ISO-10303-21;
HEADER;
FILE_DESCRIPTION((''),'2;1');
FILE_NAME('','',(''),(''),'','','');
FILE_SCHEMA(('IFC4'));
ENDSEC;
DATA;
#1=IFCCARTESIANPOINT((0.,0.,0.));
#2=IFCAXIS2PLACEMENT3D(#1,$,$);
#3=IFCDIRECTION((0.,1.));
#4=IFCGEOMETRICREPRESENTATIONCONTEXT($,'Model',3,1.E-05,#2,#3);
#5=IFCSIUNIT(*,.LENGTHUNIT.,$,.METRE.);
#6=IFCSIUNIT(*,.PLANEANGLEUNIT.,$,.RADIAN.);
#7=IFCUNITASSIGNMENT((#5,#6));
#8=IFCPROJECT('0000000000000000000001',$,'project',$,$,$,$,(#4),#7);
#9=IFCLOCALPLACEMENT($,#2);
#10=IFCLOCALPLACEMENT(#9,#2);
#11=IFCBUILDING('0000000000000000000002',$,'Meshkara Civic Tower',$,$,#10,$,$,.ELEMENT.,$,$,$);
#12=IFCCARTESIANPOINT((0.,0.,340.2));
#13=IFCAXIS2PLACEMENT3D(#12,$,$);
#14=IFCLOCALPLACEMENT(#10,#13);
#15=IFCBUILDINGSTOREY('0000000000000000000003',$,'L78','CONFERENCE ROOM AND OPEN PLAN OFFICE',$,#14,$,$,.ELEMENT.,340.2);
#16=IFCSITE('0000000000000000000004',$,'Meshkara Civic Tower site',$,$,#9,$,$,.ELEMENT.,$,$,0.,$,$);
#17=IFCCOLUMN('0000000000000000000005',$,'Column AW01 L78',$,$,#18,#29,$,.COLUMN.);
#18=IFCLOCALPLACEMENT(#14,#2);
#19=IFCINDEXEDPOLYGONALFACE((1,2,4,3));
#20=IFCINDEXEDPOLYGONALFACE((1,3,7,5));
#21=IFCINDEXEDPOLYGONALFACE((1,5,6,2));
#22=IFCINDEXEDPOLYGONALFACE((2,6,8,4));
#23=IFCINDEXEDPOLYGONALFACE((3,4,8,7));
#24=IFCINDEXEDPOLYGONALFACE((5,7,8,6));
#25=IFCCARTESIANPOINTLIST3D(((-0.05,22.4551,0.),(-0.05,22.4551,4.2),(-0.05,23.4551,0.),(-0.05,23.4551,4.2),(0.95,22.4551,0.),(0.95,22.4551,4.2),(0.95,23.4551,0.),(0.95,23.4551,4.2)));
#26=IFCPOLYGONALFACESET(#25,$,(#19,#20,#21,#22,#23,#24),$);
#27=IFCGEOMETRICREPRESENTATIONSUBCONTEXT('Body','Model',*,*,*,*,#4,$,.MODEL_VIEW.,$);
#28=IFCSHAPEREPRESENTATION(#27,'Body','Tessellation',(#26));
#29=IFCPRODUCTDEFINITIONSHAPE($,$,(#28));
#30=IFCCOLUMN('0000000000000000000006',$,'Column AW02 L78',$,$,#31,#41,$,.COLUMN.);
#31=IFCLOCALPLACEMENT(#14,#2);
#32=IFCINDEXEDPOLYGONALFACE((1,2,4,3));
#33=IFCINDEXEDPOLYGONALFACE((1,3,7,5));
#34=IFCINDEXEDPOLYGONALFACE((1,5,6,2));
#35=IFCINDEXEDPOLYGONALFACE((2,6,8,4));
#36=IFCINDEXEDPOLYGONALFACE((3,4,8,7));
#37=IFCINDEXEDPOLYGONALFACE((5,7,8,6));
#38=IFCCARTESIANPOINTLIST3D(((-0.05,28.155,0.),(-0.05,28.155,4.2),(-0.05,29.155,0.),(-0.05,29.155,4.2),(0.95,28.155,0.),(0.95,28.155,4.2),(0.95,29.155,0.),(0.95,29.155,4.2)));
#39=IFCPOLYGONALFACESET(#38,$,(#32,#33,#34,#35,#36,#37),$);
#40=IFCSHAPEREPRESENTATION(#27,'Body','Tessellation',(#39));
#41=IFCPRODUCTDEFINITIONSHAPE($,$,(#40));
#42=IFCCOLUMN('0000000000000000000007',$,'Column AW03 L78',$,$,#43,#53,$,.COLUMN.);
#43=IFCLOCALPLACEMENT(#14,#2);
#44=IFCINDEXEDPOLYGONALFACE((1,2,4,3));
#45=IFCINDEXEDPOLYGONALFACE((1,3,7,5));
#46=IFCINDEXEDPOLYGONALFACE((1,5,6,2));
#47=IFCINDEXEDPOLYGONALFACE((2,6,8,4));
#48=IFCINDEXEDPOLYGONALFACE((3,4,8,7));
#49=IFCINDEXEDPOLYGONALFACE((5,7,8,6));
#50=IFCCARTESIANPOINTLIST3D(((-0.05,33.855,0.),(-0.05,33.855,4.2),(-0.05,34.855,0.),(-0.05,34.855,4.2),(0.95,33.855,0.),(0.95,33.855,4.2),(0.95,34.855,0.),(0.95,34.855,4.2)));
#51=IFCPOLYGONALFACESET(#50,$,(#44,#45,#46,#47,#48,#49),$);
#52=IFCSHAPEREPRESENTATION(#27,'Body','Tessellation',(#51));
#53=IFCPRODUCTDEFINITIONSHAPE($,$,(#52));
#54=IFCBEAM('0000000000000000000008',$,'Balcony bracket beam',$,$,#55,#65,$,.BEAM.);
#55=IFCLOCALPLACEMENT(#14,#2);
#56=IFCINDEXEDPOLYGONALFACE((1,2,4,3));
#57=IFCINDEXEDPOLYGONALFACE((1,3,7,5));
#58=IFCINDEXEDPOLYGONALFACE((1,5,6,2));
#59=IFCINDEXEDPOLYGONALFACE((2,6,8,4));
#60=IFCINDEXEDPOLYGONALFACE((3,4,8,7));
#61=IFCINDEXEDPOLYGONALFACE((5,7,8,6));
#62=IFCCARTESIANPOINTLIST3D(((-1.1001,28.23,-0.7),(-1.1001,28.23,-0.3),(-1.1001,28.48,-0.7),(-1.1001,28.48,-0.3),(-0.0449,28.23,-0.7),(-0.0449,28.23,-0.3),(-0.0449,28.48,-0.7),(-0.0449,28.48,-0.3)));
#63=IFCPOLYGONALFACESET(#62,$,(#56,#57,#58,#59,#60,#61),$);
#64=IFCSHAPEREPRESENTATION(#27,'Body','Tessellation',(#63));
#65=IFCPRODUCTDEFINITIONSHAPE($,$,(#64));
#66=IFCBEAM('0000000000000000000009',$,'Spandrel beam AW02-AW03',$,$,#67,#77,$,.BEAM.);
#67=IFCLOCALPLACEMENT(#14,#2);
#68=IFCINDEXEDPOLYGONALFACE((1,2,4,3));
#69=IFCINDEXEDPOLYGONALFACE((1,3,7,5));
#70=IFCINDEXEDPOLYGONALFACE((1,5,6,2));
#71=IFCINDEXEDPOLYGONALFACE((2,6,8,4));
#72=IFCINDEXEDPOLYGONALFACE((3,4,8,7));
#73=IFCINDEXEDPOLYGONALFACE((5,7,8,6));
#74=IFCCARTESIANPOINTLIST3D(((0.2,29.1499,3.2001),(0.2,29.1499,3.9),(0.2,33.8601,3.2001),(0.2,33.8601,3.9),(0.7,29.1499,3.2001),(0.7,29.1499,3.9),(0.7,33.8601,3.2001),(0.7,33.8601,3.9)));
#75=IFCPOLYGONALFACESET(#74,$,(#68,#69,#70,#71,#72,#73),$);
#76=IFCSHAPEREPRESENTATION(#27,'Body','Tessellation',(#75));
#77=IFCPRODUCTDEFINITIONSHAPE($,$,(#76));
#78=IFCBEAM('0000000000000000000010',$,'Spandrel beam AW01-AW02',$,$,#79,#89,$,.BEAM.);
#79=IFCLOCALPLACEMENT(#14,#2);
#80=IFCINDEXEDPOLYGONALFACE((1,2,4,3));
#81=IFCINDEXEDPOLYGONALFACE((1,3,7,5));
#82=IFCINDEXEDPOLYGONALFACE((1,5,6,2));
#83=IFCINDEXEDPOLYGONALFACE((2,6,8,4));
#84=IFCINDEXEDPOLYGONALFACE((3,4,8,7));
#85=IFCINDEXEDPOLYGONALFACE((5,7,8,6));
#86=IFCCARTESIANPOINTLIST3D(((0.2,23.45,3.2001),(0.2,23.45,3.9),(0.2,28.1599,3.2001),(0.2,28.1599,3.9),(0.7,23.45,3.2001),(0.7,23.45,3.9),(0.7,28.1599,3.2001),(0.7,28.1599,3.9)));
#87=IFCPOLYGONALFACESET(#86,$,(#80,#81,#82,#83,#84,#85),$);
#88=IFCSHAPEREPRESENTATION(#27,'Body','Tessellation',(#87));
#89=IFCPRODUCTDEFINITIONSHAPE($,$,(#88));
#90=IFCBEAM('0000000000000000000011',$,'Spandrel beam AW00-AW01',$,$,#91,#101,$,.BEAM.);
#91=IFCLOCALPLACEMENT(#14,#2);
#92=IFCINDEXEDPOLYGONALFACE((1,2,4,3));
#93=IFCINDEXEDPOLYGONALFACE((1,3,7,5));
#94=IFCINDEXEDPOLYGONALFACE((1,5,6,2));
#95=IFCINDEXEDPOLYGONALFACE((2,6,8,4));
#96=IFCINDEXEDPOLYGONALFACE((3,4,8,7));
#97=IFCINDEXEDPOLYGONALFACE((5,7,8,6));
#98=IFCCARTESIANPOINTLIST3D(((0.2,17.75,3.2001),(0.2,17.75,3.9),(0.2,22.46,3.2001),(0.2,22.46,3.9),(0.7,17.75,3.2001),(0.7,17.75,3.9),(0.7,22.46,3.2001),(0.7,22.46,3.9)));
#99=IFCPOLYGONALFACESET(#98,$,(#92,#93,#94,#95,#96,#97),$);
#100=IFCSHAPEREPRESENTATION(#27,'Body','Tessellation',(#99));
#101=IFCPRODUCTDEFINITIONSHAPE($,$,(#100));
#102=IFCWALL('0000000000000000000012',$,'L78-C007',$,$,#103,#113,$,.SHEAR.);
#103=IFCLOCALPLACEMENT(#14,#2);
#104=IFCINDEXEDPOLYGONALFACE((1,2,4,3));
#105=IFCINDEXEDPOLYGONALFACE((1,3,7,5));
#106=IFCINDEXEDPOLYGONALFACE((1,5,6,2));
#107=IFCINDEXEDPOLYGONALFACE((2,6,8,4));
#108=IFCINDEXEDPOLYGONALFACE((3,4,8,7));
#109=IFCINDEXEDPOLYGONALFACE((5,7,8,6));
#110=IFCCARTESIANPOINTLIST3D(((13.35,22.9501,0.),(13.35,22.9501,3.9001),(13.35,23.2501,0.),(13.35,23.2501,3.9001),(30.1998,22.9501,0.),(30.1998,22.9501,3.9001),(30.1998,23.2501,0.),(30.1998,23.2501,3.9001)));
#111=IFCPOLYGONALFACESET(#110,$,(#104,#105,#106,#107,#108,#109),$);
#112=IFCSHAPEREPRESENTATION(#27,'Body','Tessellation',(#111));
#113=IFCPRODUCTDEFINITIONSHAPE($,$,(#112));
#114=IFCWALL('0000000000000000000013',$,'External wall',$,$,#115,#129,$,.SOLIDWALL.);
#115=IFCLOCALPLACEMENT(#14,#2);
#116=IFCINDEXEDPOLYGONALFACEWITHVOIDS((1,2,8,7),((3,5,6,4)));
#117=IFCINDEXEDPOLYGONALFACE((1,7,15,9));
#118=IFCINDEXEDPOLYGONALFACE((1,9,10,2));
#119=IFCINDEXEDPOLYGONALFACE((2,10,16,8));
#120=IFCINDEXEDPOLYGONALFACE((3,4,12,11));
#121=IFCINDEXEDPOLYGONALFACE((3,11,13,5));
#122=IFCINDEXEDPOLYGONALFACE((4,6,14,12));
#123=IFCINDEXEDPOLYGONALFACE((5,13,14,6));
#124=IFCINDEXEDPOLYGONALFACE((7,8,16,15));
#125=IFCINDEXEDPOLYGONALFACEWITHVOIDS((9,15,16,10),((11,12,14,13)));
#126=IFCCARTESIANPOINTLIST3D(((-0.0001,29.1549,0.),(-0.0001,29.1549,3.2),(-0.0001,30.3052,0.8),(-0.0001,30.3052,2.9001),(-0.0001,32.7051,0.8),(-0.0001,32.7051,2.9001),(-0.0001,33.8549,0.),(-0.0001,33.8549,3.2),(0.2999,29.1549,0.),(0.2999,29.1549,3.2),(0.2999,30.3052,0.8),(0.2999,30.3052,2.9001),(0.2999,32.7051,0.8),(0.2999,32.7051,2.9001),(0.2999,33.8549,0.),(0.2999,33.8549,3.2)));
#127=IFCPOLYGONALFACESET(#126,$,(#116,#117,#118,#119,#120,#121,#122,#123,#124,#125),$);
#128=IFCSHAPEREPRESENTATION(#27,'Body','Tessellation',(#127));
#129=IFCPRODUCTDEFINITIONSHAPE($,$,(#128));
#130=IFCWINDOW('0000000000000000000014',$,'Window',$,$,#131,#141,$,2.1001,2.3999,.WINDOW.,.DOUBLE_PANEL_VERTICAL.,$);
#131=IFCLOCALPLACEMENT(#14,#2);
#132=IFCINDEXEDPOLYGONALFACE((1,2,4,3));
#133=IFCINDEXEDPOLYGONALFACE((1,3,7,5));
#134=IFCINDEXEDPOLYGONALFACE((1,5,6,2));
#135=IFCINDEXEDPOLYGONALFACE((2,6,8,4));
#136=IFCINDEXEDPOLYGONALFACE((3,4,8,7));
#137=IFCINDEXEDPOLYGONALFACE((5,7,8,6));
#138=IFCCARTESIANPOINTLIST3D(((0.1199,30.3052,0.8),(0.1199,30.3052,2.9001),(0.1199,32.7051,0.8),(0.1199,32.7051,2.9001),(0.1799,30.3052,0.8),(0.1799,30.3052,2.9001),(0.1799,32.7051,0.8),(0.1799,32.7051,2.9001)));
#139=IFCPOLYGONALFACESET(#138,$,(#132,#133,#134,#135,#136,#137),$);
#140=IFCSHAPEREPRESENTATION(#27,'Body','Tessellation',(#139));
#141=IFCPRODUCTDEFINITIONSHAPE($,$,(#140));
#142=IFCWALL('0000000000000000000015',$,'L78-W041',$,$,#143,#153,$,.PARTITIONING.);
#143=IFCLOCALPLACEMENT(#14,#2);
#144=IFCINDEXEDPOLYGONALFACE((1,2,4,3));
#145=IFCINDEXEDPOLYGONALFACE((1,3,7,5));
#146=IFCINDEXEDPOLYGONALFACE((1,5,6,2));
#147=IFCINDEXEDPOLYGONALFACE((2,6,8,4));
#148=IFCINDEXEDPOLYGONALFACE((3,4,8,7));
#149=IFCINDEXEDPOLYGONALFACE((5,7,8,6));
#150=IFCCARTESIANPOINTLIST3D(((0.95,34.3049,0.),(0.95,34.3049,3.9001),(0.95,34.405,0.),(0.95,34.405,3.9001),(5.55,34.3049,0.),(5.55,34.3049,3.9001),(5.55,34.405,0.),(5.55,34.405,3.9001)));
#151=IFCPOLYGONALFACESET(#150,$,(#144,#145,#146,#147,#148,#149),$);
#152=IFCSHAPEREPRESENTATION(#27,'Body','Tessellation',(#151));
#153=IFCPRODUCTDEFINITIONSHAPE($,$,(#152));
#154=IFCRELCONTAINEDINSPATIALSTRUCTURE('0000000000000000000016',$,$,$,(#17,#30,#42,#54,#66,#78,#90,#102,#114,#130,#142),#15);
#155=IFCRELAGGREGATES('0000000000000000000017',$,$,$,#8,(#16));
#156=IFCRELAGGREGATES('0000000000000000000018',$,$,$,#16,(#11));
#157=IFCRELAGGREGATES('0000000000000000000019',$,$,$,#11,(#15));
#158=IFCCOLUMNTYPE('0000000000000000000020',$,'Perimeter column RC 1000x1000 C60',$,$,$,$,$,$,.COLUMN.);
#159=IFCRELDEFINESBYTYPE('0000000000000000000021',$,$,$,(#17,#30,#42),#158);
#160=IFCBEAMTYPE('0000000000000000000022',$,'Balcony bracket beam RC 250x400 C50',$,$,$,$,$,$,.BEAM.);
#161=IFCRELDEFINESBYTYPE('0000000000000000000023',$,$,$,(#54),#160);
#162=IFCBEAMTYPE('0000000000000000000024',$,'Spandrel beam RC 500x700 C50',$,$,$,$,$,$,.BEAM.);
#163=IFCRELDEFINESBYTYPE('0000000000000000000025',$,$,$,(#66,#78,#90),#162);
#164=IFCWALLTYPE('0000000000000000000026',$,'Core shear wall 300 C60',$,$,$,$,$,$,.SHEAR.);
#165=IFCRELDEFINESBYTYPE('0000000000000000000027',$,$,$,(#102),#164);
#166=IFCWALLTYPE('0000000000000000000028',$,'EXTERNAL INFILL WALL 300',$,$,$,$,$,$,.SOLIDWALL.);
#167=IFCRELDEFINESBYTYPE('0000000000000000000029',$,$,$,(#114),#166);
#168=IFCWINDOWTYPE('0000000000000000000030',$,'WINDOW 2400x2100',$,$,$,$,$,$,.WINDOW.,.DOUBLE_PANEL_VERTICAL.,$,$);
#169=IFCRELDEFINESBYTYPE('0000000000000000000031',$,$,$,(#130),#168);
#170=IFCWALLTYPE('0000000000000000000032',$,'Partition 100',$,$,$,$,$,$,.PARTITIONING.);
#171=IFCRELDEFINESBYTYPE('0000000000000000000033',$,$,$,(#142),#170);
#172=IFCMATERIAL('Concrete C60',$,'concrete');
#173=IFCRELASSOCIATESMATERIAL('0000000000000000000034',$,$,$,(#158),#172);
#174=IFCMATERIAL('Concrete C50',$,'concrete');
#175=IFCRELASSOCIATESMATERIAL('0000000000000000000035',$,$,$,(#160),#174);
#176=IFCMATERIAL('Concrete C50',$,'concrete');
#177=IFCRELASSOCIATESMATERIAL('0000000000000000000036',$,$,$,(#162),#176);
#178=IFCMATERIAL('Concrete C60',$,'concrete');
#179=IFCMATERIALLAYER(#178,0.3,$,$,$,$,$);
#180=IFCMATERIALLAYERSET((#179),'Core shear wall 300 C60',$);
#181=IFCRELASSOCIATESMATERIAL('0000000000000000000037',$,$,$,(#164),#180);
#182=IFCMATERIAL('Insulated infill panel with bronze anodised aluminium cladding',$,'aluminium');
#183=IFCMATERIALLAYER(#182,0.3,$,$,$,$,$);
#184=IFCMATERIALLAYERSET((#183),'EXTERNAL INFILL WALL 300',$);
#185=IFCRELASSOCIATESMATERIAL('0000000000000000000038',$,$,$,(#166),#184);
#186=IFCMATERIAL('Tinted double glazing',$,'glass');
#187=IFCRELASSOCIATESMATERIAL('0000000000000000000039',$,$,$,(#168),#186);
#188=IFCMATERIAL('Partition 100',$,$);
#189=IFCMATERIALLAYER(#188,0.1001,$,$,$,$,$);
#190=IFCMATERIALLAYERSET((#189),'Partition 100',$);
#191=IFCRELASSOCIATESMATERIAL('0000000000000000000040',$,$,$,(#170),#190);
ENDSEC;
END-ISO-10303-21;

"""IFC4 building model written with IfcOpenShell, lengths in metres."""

from ifc_helpers import new_model, si_unit, direction, frame, frame_2d, origin, origin_2d, place, context, subcontext, project, spatial, rectangle, extrude, material, layer, layer_set, material_profile, profile_set, type_object, element, fill, save


model = new_model("IFC4")

# Units and contexts
model_context = context("Model", 3, precision=1e-05, world=origin(), true_north=direction((0.0, 1.0)))
body_context = subcontext(model_context, "Body", "Model", "MODEL_VIEW")
ifc_project = project(units=[si_unit("LENGTHUNIT", "METRE"), si_unit("PLANEANGLEUNIT", "RADIAN")], contexts=[model_context])

# Site, building, storey
site_placement = place(None, origin())
site = spatial("IfcSite", under=ifc_project, at=site_placement, Name="Meshkara Civic Tower site", CompositionType="ELEMENT", RefElevation=0.0)
building_placement = place(site_placement, origin())
building = spatial("IfcBuilding", under=site, at=building_placement, Name="Meshkara Civic Tower", CompositionType="ELEMENT")
storey_placement = place(building_placement, frame((0.0, 0.0, 340.2)))
storey = spatial("IfcBuildingStorey", under=building, at=storey_placement, Name="L78", Description="CONFERENCE ROOM AND OPEN PLAN OFFICE", CompositionType="ELEMENT", Elevation=340.2)

# Columns
ifc_material_1 = material(Name="Concrete C60", Category="concrete")
ifc_material_profile_1 = material_profile(ifc_material_1, rectangle(XDim=1.0, YDim=1.0, at=origin_2d()))
ifc_profile_set_1 = profile_set([ifc_material_profile_1], Name="Concrete C60")
column_type = type_object("IfcColumnType", Name="Perimeter column RC 1000x1000 C60", PredefinedType="COLUMN", material=ifc_profile_set_1)
for number, where, z_axis, x_axis, name in (
    (1, (0.45, 22.9551, 0.0), (0.0, 0.0, 1.0), (1.0, 0.0, 0.0), "Column AW01 L78"),
    (2, (0.45, 28.655, 0.0), (0.0, 0.0, 1.0), (1.0, 0.0, 0.0), "Column AW02 L78"),
    (3, (0.45, 34.355, 0.0), (0.0, 0.0, 1.0), (1.0, 0.0, 0.0), "Column AW03 L78"),
):
    element("IfcColumn", number, at=place(storey_placement, frame(where, z_axis=z_axis, x_axis=x_axis)), inside=storey, type_object=column_type, Name=name, PredefinedType="COLUMN", context=body_context, shape_type="SweptSolid", body=[
        extrude(rectangle(XDim=1.0, YDim=1.0, at=origin_2d()), origin(), (0.0, 0.0, 1.0), 4.2),
    ])

# Beams
ifc_material_2 = material(Name="Concrete C50", Category="concrete")
ifc_material_profile_2 = material_profile(ifc_material_2, rectangle(XDim=0.25, YDim=0.3999, at=origin_2d()))
ifc_profile_set_2 = profile_set([ifc_material_profile_2], Name="Concrete C50")
beam_type_1 = type_object("IfcBeamType", Name="Balcony bracket beam RC 250x400 C50", PredefinedType="BEAM", material=ifc_profile_set_2)
beam_1_placement = place(storey_placement, frame((-0.0449, 28.355, -0.5), z_axis=(-1.0, 0.0, 0.0), x_axis=(0.0, -1.0, 0.0)))
element("IfcBeam", 4, at=beam_1_placement, inside=storey, type_object=beam_type_1, Name="Balcony bracket beam", PredefinedType="BEAM", context=body_context, shape_type="SweptSolid", body=[
    extrude(rectangle(XDim=0.25, YDim=0.3999, at=origin_2d()), origin(), (0.0, 0.0, 1.0), 1.0552),
])
ifc_material_3 = material(Name="Concrete C50", Category="concrete")
ifc_material_profile_3 = material_profile(ifc_material_3, rectangle(XDim=0.5, YDim=0.7, at=origin_2d()))
ifc_profile_set_3 = profile_set([ifc_material_profile_3], Name="Concrete C50")
beam_type_2 = type_object("IfcBeamType", Name="Spandrel beam RC 500x700 C50", PredefinedType="BEAM", material=ifc_profile_set_3)
beam_2_placement = place(storey_placement, frame((0.45, 33.8601, 3.55), z_axis=(0.0, -1.0, 0.0), x_axis=(1.0, 0.0, 0.0)))
element("IfcBeam", 5, at=beam_2_placement, inside=storey, type_object=beam_type_2, Name="Spandrel beam AW02-AW03", PredefinedType="BEAM", context=body_context, shape_type="SweptSolid", body=[
    extrude(rectangle(XDim=0.5, YDim=0.7, at=origin_2d()), origin(), (0.0, 0.0, 1.0), 4.7102),
])
for number, where, z_axis, x_axis, name in (
    (6, (0.45, 28.1599, 3.55), (0.0, -1.0, 0.0), (1.0, 0.0, 0.0), "Spandrel beam AW01-AW02"),
    (7, (0.45, 22.46, 3.55), (0.0, -1.0, 0.0), (1.0, 0.0, 0.0), "Spandrel beam AW00-AW01"),
):
    element("IfcBeam", number, at=place(storey_placement, frame(where, z_axis=z_axis, x_axis=x_axis)), inside=storey, type_object=beam_type_2, Name=name, PredefinedType="BEAM", context=body_context, shape_type="SweptSolid", body=[
        extrude(rectangle(XDim=0.5, YDim=0.7, at=origin_2d()), origin(), (0.0, 0.0, 1.0), 4.71),
    ])

# Wall
ifc_material_4 = material(Name="Concrete C60", Category="concrete")
ifc_layer_1 = layer(ifc_material_4, 0.3)
ifc_layer_set_1 = layer_set([ifc_layer_1], Name="Core shear wall 300 C60")
wall_type_1 = type_object("IfcWallType", Name="Core shear wall 300 C60", PredefinedType="SHEAR", material=ifc_layer_set_1)
wall_1_placement = place(storey_placement, frame((13.3501, 23.1001, 0.0), z_axis=(0.0, 0.0, 1.0), x_axis=(1.0, 0.0, 0.0)))
element("IfcWall", 8, at=wall_1_placement, inside=storey, type_object=wall_type_1, Name="L78-C007", PredefinedType="SHEAR", context=body_context, shape_type="SweptSolid", body=[
    extrude(rectangle(XDim=16.8499, YDim=0.3, at=frame_2d((8.4248, 0.0))), origin(), (0.0, 0.0, 1.0), 3.9001),
])

# Wall, opening, window
ifc_material_5 = material(Name="Insulated infill panel with bronze anodised aluminium cladding", Category="aluminium")
ifc_layer_2 = layer(ifc_material_5, 0.3)
ifc_layer_set_2 = layer_set([ifc_layer_2], Name="EXTERNAL INFILL WALL 300")
wall_type_2 = type_object("IfcWallType", Name="EXTERNAL INFILL WALL 300", PredefinedType="SOLIDWALL", material=ifc_layer_set_2)
wall_2_placement = place(storey_placement, frame((0.1499, 33.855, 0.0), z_axis=(0.0, 0.0, 1.0), x_axis=(0.0, -1.0, 0.0)))
wall_2 = element("IfcWall", 9, at=wall_2_placement, inside=storey, type_object=wall_type_2, Name="External wall", PredefinedType="SOLIDWALL", context=body_context, shape_type="SweptSolid", body=[
    extrude(rectangle(XDim=4.7, YDim=0.3, at=frame_2d((2.3501, 0.0))), origin(), (0.0, 0.0, 1.0), 3.2),
])
opening_1_placement = place(wall_2_placement, frame((1.1499, 0.0, 0.8)))
opening_1 = element("IfcOpeningElement", 10, at=opening_1_placement, cuts=wall_2, PredefinedType="OPENING", context=body_context, shape_type="SweptSolid", body=[
    extrude(rectangle(XDim=2.3999, YDim=2.1001, at=frame_2d((1.2, 1.05))), frame((0.0, 0.1599, 0.0), z_axis=(0.0, -1.0, 0.0), x_axis=(1.0, 0.0, 0.0)), (0.0, 0.0, 1.0), 0.3201),
])
ifc_material_6 = material(Name="Tinted double glazing", Category="glass")
window_type = type_object("IfcWindowType", Name="WINDOW 2400x2100", PartitioningType="DOUBLE_PANEL_VERTICAL", PredefinedType="WINDOW", material=ifc_material_6)
window_placement = place(opening_1_placement, origin())
window = element("IfcWindow", 11, at=window_placement, inside=storey, type_object=window_type, Name="Window", OverallHeight=2.1001, OverallWidth=2.3999, PartitioningType="DOUBLE_PANEL_VERTICAL", PredefinedType="WINDOW", context=body_context, shape_type="SweptSolid", body=[
    extrude(rectangle(XDim=2.3999, YDim=2.1001, at=frame_2d((1.2, 1.05))), frame((0.0, 0.03, 0.0), z_axis=(0.0, -1.0, 0.0), x_axis=(1.0, 0.0, 0.0)), (0.0, 0.0, 1.0), 0.0601),
])
fill(opening_1, window)

# Wall
ifc_material_7 = material(Name="Partition 100")
ifc_layer_3 = layer(ifc_material_7, 0.1001)
ifc_layer_set_3 = layer_set([ifc_layer_3], Name="Partition 100")
wall_type_3 = type_object("IfcWallType", Name="Partition 100", PredefinedType="PARTITIONING", material=ifc_layer_set_3)
wall_3_placement = place(storey_placement, frame((5.55, 34.355, 0.0), z_axis=(0.0, 0.0, 1.0), x_axis=(-1.0, 0.0, 0.0)))
element("IfcWall", 12, at=wall_3_placement, inside=storey, type_object=wall_type_3, Name="L78-W041", PredefinedType="PARTITIONING", context=body_context, shape_type="SweptSolid", body=[
    extrude(rectangle(XDim=4.6001, YDim=0.1001, at=frame_2d((2.3, 0.0))), origin(), (0.0, 0.0, 1.0), 3.9001),
])

save(model, "model.ifc")
